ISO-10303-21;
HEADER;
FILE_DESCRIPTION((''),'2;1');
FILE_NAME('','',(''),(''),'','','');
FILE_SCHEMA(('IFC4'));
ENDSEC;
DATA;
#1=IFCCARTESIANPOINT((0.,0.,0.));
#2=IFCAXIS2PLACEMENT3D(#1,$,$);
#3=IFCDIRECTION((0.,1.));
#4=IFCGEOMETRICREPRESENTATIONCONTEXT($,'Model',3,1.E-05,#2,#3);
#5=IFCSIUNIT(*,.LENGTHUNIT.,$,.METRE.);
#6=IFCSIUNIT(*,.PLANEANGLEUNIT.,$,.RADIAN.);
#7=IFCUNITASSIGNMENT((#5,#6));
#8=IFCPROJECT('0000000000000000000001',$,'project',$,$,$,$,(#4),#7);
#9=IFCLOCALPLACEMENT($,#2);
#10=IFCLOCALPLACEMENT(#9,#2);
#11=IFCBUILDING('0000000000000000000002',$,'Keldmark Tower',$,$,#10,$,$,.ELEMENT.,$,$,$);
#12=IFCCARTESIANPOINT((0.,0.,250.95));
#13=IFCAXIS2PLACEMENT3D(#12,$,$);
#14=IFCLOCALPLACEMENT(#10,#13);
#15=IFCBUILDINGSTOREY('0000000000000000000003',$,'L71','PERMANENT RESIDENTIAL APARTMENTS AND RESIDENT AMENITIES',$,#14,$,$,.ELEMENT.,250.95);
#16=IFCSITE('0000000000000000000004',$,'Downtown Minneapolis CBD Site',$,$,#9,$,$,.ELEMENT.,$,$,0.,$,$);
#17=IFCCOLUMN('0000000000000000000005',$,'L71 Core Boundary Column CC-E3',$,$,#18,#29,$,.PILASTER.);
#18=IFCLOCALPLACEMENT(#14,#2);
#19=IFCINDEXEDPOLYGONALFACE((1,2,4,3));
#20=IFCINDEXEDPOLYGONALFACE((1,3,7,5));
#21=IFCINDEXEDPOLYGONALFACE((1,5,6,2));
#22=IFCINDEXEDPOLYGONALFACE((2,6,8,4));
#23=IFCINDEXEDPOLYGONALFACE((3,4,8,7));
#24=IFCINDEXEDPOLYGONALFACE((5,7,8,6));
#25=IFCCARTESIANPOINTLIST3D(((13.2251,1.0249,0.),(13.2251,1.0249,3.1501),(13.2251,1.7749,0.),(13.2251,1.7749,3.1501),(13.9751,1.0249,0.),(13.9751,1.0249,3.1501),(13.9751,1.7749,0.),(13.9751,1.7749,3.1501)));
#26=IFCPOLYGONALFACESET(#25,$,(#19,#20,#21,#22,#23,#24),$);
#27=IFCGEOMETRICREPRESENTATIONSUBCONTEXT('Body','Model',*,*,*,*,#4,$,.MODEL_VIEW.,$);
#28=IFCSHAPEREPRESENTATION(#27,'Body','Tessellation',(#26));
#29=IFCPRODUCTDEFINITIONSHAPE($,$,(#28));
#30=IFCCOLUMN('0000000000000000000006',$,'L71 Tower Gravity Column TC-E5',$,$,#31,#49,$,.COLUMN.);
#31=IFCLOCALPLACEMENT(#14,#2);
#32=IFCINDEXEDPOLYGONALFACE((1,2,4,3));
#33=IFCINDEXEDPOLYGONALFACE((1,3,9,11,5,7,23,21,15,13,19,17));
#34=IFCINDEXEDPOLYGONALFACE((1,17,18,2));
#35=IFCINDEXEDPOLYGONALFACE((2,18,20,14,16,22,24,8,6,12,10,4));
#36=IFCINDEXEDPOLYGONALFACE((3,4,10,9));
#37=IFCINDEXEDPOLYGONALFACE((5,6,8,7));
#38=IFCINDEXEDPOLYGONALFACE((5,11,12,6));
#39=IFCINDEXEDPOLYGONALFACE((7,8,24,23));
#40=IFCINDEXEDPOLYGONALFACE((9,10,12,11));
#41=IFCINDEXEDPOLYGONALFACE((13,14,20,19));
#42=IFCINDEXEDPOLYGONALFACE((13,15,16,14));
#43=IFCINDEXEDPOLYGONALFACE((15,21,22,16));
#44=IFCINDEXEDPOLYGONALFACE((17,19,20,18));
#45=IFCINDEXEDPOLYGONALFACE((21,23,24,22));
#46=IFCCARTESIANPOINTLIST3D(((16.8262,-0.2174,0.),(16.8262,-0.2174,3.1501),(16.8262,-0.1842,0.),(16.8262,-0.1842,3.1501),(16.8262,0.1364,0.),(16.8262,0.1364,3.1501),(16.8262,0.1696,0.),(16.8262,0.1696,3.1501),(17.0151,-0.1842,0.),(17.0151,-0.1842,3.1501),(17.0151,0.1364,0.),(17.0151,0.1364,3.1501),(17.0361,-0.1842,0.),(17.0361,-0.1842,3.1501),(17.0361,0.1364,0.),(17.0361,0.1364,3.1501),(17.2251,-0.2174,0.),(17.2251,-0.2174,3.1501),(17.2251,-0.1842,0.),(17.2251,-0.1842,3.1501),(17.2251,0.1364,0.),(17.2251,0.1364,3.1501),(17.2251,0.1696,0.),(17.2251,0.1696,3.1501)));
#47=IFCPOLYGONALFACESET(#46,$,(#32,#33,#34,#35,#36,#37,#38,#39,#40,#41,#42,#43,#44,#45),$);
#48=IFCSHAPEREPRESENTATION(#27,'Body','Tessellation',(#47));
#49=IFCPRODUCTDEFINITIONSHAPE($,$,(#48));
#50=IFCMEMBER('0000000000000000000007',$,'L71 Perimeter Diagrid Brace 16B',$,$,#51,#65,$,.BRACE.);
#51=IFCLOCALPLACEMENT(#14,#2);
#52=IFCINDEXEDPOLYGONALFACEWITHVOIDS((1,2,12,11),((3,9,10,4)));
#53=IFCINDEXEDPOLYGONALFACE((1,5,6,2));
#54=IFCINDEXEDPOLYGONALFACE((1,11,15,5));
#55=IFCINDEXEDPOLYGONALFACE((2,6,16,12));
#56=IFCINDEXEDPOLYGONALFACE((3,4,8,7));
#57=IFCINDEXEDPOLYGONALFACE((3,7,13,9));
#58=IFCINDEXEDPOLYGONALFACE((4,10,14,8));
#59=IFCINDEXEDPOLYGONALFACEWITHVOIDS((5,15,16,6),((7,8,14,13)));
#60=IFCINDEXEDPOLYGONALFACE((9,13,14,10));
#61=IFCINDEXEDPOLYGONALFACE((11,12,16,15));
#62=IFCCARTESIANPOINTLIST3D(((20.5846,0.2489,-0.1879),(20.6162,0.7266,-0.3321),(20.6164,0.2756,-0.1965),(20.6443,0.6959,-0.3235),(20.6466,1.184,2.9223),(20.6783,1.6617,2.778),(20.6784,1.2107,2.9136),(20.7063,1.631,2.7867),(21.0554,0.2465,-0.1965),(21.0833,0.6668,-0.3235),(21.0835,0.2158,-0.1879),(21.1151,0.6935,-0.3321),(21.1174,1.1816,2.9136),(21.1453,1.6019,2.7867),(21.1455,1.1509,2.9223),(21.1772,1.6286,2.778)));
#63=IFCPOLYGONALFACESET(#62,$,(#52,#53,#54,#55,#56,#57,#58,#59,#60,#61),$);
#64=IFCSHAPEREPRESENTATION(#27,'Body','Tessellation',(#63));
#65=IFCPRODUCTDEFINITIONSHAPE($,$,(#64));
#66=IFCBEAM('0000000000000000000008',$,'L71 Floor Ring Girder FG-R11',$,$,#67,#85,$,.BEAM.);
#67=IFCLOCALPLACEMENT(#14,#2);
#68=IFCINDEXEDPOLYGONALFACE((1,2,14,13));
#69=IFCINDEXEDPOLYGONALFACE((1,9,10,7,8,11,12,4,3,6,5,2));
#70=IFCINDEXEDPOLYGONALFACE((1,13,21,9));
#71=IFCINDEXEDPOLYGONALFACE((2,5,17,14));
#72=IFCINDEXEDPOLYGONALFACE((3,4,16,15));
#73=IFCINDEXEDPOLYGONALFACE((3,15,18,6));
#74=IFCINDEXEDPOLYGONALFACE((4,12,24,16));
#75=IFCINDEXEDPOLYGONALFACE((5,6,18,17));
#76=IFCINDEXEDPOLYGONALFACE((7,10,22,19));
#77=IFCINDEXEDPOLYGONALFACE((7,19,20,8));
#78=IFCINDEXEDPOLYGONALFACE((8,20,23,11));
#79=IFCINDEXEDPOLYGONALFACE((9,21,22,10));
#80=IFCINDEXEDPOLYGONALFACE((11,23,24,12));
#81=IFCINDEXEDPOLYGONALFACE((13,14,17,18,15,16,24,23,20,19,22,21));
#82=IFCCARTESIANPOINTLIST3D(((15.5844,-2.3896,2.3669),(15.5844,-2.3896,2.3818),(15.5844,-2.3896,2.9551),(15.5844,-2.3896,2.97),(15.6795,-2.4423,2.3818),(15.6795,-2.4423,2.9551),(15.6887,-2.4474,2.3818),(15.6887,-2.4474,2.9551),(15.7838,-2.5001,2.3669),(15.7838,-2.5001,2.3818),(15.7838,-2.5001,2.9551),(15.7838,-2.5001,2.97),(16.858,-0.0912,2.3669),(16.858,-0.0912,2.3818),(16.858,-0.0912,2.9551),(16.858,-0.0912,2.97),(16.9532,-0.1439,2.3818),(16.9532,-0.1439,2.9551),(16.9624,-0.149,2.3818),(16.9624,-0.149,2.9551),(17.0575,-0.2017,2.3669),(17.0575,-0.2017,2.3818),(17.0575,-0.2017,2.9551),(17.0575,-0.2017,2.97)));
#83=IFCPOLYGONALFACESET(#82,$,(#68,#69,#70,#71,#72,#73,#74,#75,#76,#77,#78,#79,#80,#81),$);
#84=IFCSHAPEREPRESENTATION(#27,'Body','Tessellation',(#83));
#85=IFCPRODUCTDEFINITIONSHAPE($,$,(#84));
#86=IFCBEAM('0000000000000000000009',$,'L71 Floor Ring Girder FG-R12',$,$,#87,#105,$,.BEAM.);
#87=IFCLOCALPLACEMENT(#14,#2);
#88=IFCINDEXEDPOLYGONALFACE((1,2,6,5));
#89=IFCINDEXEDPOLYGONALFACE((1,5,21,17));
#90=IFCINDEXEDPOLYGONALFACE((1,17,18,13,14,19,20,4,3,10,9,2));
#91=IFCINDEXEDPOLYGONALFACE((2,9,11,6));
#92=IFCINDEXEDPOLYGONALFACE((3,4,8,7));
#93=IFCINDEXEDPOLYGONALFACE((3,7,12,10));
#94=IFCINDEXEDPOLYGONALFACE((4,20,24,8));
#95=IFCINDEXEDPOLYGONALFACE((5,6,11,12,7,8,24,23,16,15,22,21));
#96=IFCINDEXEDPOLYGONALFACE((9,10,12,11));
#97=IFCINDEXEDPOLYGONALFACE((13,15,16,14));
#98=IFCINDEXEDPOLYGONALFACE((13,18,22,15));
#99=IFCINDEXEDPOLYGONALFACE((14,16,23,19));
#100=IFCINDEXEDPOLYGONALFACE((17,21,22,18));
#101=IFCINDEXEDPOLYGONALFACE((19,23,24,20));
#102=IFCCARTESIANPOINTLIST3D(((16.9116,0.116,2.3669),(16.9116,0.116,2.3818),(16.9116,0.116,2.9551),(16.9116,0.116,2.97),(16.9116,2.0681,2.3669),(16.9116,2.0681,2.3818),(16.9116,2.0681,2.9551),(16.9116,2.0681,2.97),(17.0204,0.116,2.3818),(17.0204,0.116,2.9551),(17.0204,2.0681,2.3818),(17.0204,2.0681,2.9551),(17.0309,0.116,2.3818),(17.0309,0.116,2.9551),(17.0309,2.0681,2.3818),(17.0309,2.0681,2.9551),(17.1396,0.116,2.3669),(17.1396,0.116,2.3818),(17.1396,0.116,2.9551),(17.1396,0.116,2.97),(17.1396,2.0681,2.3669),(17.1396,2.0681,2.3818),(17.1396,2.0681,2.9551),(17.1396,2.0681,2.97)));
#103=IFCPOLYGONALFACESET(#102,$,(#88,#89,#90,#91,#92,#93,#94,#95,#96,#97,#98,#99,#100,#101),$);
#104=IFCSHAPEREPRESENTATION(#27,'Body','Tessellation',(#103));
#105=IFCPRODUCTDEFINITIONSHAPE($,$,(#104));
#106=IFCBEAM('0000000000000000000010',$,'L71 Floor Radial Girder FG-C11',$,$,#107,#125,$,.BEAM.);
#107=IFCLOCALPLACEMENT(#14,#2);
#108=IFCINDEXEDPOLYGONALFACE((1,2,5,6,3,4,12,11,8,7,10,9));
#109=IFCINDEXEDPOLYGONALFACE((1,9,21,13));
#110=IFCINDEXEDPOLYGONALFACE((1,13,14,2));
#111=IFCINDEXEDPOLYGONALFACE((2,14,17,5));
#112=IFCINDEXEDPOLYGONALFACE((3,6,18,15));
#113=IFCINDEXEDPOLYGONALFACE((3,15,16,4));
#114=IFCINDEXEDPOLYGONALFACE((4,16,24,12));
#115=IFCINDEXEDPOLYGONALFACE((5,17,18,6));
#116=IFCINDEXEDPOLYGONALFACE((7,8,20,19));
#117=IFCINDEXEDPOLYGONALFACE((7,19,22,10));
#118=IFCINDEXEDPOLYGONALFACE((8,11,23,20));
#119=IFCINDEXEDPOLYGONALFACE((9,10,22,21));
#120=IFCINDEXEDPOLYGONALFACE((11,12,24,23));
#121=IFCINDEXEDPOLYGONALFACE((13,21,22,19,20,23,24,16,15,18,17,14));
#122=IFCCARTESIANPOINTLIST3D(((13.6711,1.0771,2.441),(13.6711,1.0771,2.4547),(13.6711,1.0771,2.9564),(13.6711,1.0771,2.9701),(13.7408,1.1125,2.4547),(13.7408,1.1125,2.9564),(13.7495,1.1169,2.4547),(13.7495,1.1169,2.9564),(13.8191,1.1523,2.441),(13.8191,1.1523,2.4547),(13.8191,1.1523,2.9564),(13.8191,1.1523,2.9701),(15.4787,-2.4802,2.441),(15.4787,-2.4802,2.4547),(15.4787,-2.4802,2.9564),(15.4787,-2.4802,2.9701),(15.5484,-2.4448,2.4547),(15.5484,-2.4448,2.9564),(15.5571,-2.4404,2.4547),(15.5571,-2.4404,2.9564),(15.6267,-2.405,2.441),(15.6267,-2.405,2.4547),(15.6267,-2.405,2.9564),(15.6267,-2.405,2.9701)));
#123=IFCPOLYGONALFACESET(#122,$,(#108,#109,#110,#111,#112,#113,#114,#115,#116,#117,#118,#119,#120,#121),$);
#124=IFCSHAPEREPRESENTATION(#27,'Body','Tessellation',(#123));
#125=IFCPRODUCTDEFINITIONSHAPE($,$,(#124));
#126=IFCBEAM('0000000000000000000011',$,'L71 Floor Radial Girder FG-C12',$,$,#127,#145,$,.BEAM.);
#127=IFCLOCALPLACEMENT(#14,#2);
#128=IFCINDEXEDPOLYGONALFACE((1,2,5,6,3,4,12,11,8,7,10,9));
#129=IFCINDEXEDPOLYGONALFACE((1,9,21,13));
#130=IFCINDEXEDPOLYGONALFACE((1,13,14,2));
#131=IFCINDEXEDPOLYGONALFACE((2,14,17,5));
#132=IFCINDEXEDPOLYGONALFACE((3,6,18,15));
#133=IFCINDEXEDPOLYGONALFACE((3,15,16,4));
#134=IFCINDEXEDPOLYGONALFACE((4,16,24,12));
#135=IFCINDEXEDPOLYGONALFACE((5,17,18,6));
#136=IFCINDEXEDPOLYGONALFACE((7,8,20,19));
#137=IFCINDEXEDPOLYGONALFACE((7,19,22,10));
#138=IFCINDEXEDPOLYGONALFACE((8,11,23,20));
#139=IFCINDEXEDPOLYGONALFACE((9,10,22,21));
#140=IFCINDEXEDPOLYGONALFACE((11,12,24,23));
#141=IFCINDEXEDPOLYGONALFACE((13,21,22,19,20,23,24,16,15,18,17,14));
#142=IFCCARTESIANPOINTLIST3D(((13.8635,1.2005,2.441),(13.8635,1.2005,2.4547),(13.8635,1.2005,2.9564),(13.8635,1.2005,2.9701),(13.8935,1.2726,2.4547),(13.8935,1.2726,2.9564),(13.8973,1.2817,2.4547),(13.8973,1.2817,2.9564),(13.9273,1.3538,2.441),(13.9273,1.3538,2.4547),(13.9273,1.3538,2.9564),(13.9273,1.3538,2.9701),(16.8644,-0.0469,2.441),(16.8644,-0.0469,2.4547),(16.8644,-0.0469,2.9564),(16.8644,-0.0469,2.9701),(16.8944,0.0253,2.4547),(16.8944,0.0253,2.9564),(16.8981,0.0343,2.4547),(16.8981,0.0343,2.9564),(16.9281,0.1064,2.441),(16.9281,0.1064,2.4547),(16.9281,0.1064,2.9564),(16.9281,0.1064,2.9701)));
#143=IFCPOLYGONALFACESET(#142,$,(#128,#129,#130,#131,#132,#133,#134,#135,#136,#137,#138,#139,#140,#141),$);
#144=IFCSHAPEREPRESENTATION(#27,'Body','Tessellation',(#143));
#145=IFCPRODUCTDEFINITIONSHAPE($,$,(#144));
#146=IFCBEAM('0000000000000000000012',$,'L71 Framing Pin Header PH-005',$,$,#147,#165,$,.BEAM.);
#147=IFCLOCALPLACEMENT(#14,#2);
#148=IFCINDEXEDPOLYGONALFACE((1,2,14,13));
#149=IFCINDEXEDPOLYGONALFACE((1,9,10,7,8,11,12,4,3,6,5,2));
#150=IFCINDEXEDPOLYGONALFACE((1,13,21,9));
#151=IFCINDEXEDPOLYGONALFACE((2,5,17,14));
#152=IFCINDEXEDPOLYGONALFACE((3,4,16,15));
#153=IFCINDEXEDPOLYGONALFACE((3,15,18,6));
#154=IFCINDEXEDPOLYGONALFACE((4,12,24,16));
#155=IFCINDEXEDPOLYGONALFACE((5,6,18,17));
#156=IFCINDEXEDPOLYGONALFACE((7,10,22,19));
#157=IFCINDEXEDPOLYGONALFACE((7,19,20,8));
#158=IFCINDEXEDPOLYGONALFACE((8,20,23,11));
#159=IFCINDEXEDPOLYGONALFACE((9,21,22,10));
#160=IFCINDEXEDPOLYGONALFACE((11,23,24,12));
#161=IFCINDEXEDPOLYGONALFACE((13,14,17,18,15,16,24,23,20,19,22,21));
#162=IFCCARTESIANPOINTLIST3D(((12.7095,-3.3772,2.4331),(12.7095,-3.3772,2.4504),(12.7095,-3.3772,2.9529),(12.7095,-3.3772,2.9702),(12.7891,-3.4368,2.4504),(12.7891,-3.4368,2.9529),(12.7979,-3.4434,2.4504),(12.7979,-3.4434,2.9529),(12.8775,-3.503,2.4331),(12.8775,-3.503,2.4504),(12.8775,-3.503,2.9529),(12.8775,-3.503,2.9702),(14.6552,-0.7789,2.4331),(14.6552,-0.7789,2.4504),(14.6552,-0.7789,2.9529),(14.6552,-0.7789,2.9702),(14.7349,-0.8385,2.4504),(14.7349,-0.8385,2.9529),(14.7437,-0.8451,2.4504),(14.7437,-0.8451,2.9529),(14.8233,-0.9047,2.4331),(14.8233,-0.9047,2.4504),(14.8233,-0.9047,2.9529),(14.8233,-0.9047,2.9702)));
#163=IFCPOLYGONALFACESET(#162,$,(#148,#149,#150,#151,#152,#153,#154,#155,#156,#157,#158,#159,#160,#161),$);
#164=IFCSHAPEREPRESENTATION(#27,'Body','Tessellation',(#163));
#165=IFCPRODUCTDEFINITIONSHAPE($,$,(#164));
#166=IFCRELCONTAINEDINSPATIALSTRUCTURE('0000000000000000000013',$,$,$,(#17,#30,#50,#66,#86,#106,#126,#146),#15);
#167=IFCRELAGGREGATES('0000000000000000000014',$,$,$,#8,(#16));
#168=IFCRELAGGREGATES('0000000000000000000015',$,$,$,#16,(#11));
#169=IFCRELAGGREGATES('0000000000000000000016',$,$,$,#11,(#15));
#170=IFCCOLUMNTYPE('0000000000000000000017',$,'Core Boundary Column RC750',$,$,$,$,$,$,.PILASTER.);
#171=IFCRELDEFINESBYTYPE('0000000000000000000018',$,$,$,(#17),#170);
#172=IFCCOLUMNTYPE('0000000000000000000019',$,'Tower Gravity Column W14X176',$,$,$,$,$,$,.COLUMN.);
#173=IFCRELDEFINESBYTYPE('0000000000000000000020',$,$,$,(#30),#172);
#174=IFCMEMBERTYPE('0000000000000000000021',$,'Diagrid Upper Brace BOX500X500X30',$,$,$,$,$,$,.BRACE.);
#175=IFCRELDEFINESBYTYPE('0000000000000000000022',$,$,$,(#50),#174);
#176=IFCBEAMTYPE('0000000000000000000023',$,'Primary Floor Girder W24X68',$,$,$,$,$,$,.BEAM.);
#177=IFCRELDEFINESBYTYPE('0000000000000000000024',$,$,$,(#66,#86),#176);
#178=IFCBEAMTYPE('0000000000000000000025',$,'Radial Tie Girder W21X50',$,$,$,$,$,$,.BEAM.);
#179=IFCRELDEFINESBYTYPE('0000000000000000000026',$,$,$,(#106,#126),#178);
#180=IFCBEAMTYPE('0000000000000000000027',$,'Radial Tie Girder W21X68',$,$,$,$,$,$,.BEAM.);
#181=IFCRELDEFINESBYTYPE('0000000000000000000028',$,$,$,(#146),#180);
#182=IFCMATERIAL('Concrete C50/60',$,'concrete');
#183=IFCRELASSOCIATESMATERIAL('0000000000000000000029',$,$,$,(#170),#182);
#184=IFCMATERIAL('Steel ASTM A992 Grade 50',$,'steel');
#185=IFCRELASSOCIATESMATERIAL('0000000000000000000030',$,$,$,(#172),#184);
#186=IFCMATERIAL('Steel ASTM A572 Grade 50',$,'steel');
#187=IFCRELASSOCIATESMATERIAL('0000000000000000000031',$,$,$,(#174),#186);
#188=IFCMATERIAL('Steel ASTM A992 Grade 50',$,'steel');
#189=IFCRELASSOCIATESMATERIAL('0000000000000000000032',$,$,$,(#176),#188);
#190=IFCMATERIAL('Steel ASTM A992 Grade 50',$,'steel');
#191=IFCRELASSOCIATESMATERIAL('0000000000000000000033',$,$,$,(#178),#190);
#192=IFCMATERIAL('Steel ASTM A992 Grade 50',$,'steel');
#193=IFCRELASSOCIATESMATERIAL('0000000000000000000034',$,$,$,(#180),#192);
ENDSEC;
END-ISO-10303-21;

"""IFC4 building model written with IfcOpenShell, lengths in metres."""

from ifc_helpers import new_model, si_unit, direction, frame, origin, origin_2d, place, context, subcontext, project, spatial, rectangle, hollow_rectangle, i_section, extrude, material, material_profile, profile_set, type_object, element, save


model = new_model("IFC4")

# Units and contexts
model_context = context("Model", 3, precision=1e-05, world=origin(), true_north=direction((0.0, 1.0)))
body_context = subcontext(model_context, "Body", "Model", "MODEL_VIEW")
ifc_project = project(units=[si_unit("LENGTHUNIT", "METRE"), si_unit("PLANEANGLEUNIT", "RADIAN")], contexts=[model_context])

# Site, building, storey
site_placement = place(None, origin())
site = spatial("IfcSite", under=ifc_project, at=site_placement, Name="Downtown Minneapolis CBD Site", CompositionType="ELEMENT", RefElevation=0.0)
building_placement = place(site_placement, origin())
building = spatial("IfcBuilding", under=site, at=building_placement, Name="Keldmark Tower", CompositionType="ELEMENT")
storey_placement = place(building_placement, frame((0.0, 0.0, 250.95)))
storey = spatial("IfcBuildingStorey", under=building, at=storey_placement, Name="L71", Description="PERMANENT RESIDENTIAL APARTMENTS AND RESIDENT AMENITIES", CompositionType="ELEMENT", Elevation=250.95)

# Columns
ifc_material_1 = material(Name="Concrete C50/60", Category="concrete")
ifc_material_profile_1 = material_profile(ifc_material_1, rectangle(XDim=0.75, YDim=0.75, at=origin_2d()), Name="RC750X750")
ifc_profile_set_1 = profile_set([ifc_material_profile_1], Name="Concrete C50/60")
column_type_1 = type_object("IfcColumnType", Name="Core Boundary Column RC750", PredefinedType="PILASTER", material=ifc_profile_set_1)
column_1_placement = place(storey_placement, frame((13.6001, 1.3999, 0.0), z_axis=(0.0, 0.0, 1.0), x_axis=(1.0, 0.0, 0.0)))
element("IfcColumn", 1, at=column_1_placement, inside=storey, type_object=column_type_1, Name="L71 Core Boundary Column CC-E3", PredefinedType="PILASTER", context=body_context, shape_type="SweptSolid", body=[
    extrude(rectangle(XDim=0.75, YDim=0.75, at=origin_2d()), origin(), (0.0, 0.0, 1.0), 3.1501),
])
ifc_material_2 = material(Name="Steel ASTM A992 Grade 50", Category="steel")
ifc_material_profile_2 = material_profile(ifc_material_2, i_section(OverallWidth=0.3989, OverallDepth=0.387, WebThickness=0.021, FlangeThickness=0.0332, at=origin_2d()), Name="W14X176")
ifc_profile_set_2 = profile_set([ifc_material_profile_2], Name="Steel ASTM A992 Grade 50")
column_type_2 = type_object("IfcColumnType", Name="Tower Gravity Column W14X176", PredefinedType="COLUMN", material=ifc_profile_set_2)
column_2_placement = place(storey_placement, frame((17.0256, -0.0239, 0.0), z_axis=(0.0, 0.0, 1.0), x_axis=(1.0, 0.0, 0.0)))
element("IfcColumn", 2, at=column_2_placement, inside=storey, type_object=column_type_2, Name="L71 Tower Gravity Column TC-E5", PredefinedType="COLUMN", context=body_context, shape_type="SweptSolid", body=[
    extrude(i_section(OverallWidth=0.3989, OverallDepth=0.387, WebThickness=0.021, FlangeThickness=0.0332, at=origin_2d()), origin(), (0.0, 0.0, 1.0), 3.1501),
])

# Member
ifc_material_3 = material(Name="Steel ASTM A572 Grade 50", Category="steel")
ifc_material_profile_3 = material_profile(ifc_material_3, hollow_rectangle(XDim=0.5, YDim=0.5, WallThickness=0.03, at=origin_2d()), Name="BOX500X500X30")
ifc_profile_set_3 = profile_set([ifc_material_profile_3], Name="Steel ASTM A572 Grade 50")
member_type = type_object("IfcMemberType", Name="Diagrid Upper Brace BOX500X500X30", PredefinedType="BRACE", material=ifc_profile_set_3)
member_placement = place(storey_placement, frame((20.8499, 0.4712, -0.26), z_axis=(0.019091, 0.287868, 0.95748), x_axis=(-0.997808, 0.066173, 0.0)))
element("IfcMember", 3, at=member_placement, inside=storey, type_object=member_type, Name="L71 Perimeter Diagrid Brace 16B", PredefinedType="BRACE", context=body_context, shape_type="SweptSolid", body=[
    extrude(hollow_rectangle(XDim=0.5, YDim=0.5, WallThickness=0.03, at=origin_2d()), origin(), (0.0, 0.0, 1.0), 3.2483),
])

# Beams
ifc_material_4 = material(Name="Steel ASTM A992 Grade 50", Category="steel")
ifc_material_profile_4 = material_profile(ifc_material_4, i_section(OverallWidth=0.228, OverallDepth=0.603, WebThickness=0.0105, FlangeThickness=0.0149, at=origin_2d()), Name="W24X68")
ifc_profile_set_4 = profile_set([ifc_material_profile_4], Name="Steel ASTM A992 Grade 50")
beam_type_1 = type_object("IfcBeamType", Name="Primary Floor Girder W24X68", PredefinedType="BEAM", material=ifc_profile_set_4)
beam_1_placement = place(storey_placement, frame((15.6841, -2.4448, 2.6685), z_axis=(0.48472, 0.87467, 0.0), x_axis=(-0.87467, 0.48472, 0.0)))
element("IfcBeam", 4, at=beam_1_placement, inside=storey, type_object=beam_type_1, Name="L71 Floor Ring Girder FG-R11", PredefinedType="BEAM", context=body_context, shape_type="SweptSolid", body=[
    extrude(i_section(OverallWidth=0.228, OverallDepth=0.603, WebThickness=0.0105, FlangeThickness=0.0149, at=origin_2d()), origin(), (0.0, 0.0, 1.0), 2.6277),
])
beam_2_placement = place(storey_placement, frame((17.0256, 0.116, 2.6685), z_axis=(0.0, 1.0, 0.0), x_axis=(-1.0, 0.0, 0.0)))
element("IfcBeam", 5, at=beam_2_placement, inside=storey, type_object=beam_type_1, Name="L71 Floor Ring Girder FG-R12", PredefinedType="BEAM", context=body_context, shape_type="SweptSolid", body=[
    extrude(i_section(OverallWidth=0.228, OverallDepth=0.603, WebThickness=0.0105, FlangeThickness=0.0149, at=origin_2d()), origin(), (0.0, 0.0, 1.0), 1.9521),
])
ifc_material_5 = material(Name="Steel ASTM A992 Grade 50", Category="steel")
ifc_material_profile_5 = material_profile(ifc_material_5, i_section(OverallWidth=0.166, OverallDepth=0.5291, WebThickness=0.0098, FlangeThickness=0.0137, at=origin_2d()), Name="W21X50")
ifc_profile_set_5 = profile_set([ifc_material_profile_5], Name="Steel ASTM A992 Grade 50")
beam_type_2 = type_object("IfcBeamType", Name="Radial Tie Girder W21X50", PredefinedType="BEAM", material=ifc_profile_set_5)
beam_3_placement = place(storey_placement, frame((15.5527, -2.4426, 2.7056), z_axis=(-0.453004, 0.891508, 0.0), x_axis=(-0.891508, -0.453004, 0.0)))
element("IfcBeam", 6, at=beam_3_placement, inside=storey, type_object=beam_type_2, Name="L71 Floor Radial Girder FG-C11", PredefinedType="BEAM", context=body_context, shape_type="SweptSolid", body=[
    extrude(i_section(OverallWidth=0.166, OverallDepth=0.5291, WebThickness=0.0098, FlangeThickness=0.0137, at=origin_2d()), origin(), (0.0, 0.0, 1.0), 3.9902),
])
beam_4_placement = place(storey_placement, frame((16.8962, 0.0298, 2.7056), z_axis=(-0.923403, 0.383831, 0.0), x_axis=(-0.383831, -0.923403, 0.0)))
element("IfcBeam", 7, at=beam_4_placement, inside=storey, type_object=beam_type_2, Name="L71 Floor Radial Girder FG-C12", PredefinedType="BEAM", context=body_context, shape_type="SweptSolid", body=[
    extrude(i_section(OverallWidth=0.166, OverallDepth=0.5291, WebThickness=0.0098, FlangeThickness=0.0137, at=origin_2d()), origin(), (0.0, 0.0, 1.0), 3.2498),
])
ifc_material_6 = material(Name="Steel ASTM A992 Grade 50", Category="steel")
ifc_material_profile_6 = material_profile(ifc_material_6, i_section(OverallWidth=0.21, OverallDepth=0.5371, WebThickness=0.011, FlangeThickness=0.0173, at=origin_2d()), Name="W21X68")
ifc_profile_set_6 = profile_set([ifc_material_profile_6], Name="Steel ASTM A992 Grade 50")
beam_type_3 = type_object("IfcBeamType", Name="Radial Tie Girder W21X68", PredefinedType="BEAM", material=ifc_profile_set_6)
beam_5_placement = place(storey_placement, frame((14.7393, -0.8418, 2.7017), z_axis=(-0.59941, -0.800442, 0.0), x_axis=(0.800442, -0.59941, 0.0)))
element("IfcBeam", 8, at=beam_5_placement, inside=storey, type_object=beam_type_3, Name="L71 Framing Pin Header PH-005", PredefinedType="BEAM", context=body_context, shape_type="SweptSolid", body=[
    extrude(i_section(OverallWidth=0.21, OverallDepth=0.5371, WebThickness=0.011, FlangeThickness=0.0173, at=origin_2d()), origin(), (0.0, 0.0, 1.0), 3.2461),
])

save(model, "model.ifc")
